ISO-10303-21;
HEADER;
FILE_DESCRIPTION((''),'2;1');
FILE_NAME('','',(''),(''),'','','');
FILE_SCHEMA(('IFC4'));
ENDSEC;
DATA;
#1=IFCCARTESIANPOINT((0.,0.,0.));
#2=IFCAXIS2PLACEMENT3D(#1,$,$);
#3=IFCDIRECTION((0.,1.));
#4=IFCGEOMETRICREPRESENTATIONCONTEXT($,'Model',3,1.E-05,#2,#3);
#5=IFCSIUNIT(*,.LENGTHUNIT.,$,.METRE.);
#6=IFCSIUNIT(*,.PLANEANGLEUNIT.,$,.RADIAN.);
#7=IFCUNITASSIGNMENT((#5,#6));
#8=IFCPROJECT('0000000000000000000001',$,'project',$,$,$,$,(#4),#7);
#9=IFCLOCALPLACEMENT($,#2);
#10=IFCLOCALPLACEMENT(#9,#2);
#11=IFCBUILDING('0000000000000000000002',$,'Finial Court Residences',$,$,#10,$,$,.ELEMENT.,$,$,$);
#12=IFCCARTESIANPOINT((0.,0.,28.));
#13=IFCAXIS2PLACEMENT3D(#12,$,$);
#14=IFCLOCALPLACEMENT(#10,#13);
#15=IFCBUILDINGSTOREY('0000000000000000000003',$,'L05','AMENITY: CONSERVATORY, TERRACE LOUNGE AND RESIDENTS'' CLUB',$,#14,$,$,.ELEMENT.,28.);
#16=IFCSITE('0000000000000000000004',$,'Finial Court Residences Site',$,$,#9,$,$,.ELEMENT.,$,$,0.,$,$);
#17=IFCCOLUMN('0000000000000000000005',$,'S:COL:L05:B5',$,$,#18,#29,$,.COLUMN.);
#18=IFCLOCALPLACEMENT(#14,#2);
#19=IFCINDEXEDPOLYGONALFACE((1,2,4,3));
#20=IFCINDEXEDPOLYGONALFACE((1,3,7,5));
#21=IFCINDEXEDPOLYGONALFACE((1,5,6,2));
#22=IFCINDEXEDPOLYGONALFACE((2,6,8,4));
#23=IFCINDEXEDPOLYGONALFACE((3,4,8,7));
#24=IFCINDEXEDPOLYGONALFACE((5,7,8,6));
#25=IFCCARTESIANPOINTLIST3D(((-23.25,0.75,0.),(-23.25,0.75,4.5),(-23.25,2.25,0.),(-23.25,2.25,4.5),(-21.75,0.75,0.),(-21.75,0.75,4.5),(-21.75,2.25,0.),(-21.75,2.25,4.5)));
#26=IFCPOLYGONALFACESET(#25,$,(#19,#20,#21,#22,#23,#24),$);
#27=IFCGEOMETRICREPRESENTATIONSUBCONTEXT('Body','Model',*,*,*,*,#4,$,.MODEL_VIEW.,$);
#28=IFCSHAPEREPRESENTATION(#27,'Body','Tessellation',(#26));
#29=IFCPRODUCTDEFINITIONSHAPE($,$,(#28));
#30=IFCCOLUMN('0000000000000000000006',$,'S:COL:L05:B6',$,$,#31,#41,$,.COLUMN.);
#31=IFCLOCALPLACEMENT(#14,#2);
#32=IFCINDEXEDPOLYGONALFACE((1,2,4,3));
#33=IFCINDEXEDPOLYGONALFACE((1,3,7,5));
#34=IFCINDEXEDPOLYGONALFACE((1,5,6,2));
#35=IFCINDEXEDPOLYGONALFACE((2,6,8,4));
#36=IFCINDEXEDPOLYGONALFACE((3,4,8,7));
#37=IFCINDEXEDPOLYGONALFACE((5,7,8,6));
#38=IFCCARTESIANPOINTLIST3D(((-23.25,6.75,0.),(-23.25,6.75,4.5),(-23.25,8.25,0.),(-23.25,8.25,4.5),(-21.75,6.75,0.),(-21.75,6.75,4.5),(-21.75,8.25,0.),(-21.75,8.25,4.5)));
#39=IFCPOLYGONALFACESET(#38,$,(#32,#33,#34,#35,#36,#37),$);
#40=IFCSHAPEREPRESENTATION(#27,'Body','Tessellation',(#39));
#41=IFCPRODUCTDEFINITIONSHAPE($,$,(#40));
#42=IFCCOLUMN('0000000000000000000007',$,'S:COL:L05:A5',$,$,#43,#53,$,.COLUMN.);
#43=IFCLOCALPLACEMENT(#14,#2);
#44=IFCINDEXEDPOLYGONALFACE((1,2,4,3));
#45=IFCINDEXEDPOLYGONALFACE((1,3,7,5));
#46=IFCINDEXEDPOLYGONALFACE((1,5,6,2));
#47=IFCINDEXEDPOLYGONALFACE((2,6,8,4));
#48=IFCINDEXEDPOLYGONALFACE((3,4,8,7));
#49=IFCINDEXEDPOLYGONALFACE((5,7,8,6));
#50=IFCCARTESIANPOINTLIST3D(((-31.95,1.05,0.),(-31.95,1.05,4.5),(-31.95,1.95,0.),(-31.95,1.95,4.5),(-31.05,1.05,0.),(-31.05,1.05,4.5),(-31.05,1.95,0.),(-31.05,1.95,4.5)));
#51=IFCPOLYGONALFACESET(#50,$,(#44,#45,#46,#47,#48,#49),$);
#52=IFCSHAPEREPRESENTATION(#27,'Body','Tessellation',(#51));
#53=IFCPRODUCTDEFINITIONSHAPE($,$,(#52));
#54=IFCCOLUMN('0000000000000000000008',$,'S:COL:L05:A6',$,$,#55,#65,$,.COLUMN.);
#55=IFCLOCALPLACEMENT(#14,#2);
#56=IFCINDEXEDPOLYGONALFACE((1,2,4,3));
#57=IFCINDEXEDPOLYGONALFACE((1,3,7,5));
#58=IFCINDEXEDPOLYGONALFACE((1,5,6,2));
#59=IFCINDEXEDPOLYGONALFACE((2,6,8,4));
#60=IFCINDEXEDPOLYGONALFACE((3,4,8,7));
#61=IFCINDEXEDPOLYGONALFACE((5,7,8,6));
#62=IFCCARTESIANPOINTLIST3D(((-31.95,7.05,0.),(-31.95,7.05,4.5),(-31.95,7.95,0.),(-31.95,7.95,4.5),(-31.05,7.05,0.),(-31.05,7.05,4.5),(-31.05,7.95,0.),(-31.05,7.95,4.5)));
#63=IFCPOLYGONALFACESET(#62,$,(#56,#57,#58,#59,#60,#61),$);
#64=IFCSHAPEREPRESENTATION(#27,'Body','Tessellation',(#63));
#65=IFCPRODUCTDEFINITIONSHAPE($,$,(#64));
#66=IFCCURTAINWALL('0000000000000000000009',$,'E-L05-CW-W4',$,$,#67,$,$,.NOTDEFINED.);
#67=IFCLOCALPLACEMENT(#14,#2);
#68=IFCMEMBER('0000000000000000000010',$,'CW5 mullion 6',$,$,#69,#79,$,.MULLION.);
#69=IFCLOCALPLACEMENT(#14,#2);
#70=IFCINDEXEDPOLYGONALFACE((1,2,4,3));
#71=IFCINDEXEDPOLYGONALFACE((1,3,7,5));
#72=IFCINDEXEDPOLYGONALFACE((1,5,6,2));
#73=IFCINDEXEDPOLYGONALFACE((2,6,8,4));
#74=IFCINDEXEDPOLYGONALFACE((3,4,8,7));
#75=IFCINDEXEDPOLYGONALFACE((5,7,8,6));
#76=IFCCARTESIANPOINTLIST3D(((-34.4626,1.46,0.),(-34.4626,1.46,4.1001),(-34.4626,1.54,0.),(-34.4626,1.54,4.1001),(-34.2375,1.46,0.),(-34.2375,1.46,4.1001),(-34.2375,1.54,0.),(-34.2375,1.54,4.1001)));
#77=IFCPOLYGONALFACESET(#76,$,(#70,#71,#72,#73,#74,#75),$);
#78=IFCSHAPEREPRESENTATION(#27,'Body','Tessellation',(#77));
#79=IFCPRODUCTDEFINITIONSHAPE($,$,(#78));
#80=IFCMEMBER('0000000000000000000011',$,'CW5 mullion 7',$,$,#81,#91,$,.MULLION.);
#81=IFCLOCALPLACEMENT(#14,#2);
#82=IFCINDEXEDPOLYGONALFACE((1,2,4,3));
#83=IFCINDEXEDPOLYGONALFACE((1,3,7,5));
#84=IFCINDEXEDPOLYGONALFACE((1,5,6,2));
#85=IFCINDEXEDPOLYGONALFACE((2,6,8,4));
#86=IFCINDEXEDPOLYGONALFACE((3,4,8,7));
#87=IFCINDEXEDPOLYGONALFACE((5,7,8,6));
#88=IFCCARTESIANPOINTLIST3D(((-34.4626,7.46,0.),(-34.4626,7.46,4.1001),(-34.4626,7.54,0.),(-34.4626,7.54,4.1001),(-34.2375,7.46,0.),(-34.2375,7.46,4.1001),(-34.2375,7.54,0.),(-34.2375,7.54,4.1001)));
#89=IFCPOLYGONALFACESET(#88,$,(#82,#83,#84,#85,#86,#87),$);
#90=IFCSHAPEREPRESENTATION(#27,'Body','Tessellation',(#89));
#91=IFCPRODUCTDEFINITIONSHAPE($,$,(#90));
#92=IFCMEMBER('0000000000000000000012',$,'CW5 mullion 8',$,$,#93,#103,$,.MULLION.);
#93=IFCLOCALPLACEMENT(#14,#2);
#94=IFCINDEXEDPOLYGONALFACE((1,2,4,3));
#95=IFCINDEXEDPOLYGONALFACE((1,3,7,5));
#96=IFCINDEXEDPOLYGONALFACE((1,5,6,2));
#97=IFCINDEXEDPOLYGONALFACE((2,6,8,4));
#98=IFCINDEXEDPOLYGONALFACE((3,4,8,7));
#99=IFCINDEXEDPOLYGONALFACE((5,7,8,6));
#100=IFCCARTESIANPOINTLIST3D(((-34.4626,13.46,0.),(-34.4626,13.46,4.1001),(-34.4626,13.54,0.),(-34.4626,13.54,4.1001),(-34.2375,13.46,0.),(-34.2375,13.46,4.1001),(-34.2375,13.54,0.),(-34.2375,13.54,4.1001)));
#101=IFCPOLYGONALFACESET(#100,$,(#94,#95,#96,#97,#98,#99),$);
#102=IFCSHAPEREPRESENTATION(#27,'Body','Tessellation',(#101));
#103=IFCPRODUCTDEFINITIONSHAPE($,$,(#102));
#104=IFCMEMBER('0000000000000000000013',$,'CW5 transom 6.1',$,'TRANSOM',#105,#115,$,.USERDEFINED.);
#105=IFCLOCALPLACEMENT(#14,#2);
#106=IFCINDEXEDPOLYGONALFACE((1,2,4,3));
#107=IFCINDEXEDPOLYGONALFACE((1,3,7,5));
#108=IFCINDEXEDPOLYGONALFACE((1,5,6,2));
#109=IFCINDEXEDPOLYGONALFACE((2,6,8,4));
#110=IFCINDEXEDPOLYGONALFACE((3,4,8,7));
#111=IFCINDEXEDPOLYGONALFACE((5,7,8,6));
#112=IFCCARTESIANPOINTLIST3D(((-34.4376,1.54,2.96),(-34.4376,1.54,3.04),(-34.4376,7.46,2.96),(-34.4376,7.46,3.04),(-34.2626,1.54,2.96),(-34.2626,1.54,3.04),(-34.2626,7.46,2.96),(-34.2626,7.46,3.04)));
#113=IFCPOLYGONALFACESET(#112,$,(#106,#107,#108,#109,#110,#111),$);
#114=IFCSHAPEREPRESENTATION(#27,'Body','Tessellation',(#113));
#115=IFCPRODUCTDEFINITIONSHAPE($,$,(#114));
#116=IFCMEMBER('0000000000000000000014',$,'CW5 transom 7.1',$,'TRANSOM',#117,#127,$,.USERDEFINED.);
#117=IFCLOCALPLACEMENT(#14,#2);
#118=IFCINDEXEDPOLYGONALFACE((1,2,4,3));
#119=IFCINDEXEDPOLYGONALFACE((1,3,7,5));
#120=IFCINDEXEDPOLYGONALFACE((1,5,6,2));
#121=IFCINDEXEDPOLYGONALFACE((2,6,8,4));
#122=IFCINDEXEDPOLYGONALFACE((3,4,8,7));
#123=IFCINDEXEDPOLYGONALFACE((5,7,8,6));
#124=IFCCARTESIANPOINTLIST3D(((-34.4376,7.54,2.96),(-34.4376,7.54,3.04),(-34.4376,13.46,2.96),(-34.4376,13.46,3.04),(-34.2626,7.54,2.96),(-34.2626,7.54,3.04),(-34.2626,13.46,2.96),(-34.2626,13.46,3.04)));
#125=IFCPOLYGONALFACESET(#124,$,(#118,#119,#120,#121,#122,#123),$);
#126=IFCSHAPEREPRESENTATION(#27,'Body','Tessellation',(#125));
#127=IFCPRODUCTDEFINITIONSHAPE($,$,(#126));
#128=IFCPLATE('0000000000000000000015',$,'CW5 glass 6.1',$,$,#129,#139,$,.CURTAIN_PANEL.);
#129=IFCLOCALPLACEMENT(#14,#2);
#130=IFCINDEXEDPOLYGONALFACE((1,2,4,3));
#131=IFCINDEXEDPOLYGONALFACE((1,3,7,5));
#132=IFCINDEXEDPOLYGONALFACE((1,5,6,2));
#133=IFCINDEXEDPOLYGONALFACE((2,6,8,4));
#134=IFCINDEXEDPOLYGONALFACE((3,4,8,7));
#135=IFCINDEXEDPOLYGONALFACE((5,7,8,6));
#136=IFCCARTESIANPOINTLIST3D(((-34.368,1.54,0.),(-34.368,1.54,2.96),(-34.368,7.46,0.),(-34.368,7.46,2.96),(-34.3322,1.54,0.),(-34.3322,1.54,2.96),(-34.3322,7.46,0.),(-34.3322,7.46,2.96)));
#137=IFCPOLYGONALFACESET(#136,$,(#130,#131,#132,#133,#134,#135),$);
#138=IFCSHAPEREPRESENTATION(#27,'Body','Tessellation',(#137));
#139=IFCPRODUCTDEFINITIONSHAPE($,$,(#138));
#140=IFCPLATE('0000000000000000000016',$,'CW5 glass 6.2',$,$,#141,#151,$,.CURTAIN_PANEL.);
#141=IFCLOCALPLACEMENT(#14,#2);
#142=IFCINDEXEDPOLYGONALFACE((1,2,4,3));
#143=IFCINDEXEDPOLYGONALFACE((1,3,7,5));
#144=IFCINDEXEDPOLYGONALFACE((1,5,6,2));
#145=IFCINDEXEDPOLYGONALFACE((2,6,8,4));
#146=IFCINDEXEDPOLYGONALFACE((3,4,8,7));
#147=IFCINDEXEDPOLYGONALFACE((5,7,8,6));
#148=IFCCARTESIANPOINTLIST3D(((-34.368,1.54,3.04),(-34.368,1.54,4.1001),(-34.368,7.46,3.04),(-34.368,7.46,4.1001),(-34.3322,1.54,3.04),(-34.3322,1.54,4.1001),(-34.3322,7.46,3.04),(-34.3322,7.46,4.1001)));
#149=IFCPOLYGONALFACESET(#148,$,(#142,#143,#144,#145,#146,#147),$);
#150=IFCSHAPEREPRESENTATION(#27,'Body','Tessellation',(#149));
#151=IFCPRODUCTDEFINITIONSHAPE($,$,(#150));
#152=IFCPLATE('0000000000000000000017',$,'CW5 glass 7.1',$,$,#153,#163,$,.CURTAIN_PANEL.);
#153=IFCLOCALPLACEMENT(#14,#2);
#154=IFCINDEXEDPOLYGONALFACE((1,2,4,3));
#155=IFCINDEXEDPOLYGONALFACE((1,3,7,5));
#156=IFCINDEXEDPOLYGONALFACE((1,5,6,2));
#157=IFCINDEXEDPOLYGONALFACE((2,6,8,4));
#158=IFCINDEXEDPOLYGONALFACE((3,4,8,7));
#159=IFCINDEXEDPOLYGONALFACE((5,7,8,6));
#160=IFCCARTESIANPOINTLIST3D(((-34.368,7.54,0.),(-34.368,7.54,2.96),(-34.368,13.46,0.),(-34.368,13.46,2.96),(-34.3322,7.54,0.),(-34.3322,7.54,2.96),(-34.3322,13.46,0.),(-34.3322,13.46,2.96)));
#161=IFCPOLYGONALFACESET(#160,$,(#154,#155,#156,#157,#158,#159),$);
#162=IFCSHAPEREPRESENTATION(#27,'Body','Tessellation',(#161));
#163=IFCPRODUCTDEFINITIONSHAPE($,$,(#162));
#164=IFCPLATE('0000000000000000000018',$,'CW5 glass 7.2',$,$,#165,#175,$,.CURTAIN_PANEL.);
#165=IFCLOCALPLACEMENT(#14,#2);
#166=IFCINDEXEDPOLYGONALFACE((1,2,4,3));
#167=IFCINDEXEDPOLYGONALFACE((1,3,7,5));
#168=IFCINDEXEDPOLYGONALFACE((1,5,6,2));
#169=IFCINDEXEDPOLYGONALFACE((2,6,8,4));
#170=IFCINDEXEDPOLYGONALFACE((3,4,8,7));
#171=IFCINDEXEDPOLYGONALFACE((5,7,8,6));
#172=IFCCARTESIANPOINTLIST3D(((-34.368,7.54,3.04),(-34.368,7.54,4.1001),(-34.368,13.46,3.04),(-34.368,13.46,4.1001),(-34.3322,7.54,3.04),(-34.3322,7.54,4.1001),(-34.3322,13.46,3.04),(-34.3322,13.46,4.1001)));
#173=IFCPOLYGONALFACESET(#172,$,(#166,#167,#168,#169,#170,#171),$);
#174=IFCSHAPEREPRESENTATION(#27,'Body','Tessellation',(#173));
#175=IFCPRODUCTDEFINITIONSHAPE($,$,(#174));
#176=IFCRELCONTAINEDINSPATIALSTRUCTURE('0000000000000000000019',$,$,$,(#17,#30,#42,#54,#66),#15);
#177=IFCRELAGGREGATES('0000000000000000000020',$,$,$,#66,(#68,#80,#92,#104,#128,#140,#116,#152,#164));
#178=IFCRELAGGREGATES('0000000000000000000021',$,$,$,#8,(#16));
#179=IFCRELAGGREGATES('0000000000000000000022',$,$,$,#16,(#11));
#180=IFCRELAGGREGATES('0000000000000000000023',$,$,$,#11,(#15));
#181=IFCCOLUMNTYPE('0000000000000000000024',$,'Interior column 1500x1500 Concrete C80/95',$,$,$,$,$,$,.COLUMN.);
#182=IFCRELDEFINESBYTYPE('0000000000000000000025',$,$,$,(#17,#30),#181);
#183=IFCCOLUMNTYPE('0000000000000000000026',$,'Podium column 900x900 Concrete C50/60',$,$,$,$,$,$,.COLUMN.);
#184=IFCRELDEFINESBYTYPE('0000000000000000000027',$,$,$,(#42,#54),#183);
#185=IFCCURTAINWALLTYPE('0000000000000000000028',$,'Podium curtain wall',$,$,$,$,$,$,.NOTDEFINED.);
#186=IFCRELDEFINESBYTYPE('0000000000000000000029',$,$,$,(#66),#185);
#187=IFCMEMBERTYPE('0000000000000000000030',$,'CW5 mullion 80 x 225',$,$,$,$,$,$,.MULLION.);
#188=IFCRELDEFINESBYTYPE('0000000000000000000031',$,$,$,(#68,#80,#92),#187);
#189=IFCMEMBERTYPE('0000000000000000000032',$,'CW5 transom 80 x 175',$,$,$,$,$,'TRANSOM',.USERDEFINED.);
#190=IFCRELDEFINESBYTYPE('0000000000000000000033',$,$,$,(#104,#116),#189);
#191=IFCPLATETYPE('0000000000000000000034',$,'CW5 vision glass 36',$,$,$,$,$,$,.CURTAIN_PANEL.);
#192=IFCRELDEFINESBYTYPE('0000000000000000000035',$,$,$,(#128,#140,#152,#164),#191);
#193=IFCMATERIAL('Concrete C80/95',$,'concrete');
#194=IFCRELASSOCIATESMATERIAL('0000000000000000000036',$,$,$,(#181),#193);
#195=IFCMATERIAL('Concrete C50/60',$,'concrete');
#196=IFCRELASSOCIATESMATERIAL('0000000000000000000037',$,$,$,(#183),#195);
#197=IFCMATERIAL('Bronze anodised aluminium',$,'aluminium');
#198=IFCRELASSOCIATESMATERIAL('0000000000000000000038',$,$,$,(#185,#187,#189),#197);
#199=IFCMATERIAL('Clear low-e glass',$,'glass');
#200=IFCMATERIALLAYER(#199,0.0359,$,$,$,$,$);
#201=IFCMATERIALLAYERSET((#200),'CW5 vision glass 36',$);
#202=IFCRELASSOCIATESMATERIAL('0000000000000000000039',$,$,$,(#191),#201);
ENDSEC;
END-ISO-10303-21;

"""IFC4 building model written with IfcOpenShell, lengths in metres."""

from ifc_helpers import new_model, si_unit, direction, frame, origin, origin_2d, place, context, subcontext, project, spatial, rectangle, extrude, material, layer, layer_set, material_profile, profile_set, type_object, element, aggregate, save


model = new_model("IFC4")

# Units and contexts
model_context = context("Model", 3, precision=1e-05, world=origin(), true_north=direction((0.0, 1.0)))
body_context = subcontext(model_context, "Body", "Model", "MODEL_VIEW")
ifc_project = project(units=[si_unit("LENGTHUNIT", "METRE"), si_unit("PLANEANGLEUNIT", "RADIAN")], contexts=[model_context])

# Site, building, storey
site_placement = place(None, origin())
site = spatial("IfcSite", under=ifc_project, at=site_placement, Name="Finial Court Residences Site", CompositionType="ELEMENT", RefElevation=0.0)
building_placement = place(site_placement, origin())
building = spatial("IfcBuilding", under=site, at=building_placement, Name="Finial Court Residences", CompositionType="ELEMENT")
storey_placement = place(building_placement, frame((0.0, 0.0, 28.0)))
storey = spatial("IfcBuildingStorey", under=building, at=storey_placement, Name="L05", Description="AMENITY: CONSERVATORY, TERRACE LOUNGE AND RESIDENTS' CLUB", CompositionType="ELEMENT", Elevation=28.0)

# Columns
ifc_material_1 = material(Name="Concrete C80/95", Category="concrete")
ifc_material_profile_1 = material_profile(ifc_material_1, rectangle(XDim=1.5, YDim=1.5, at=origin_2d()), Name="1500x1500")
ifc_profile_set_1 = profile_set([ifc_material_profile_1], Name="Concrete C80/95")
column_type_1 = type_object("IfcColumnType", Name="Interior column 1500x1500 Concrete C80/95", PredefinedType="COLUMN", material=ifc_profile_set_1)
for number, where, z_axis, x_axis, name in (
    (1, (-22.5, 1.5, 0.0), (0.0, 0.0, 1.0), (1.0, 0.0, 0.0), "S:COL:L05:B5"),
    (2, (-22.5, 7.5, 0.0), (0.0, 0.0, 1.0), (1.0, 0.0, 0.0), "S:COL:L05:B6"),
):
    element("IfcColumn", number, at=place(storey_placement, frame(where, z_axis=z_axis, x_axis=x_axis)), inside=storey, type_object=column_type_1, Name=name, PredefinedType="COLUMN", context=body_context, shape_type="SweptSolid", body=[
        extrude(rectangle(XDim=1.5, YDim=1.5, at=origin_2d()), origin(), (0.0, 0.0, 1.0), 4.5),
    ])
ifc_material_2 = material(Name="Concrete C50/60", Category="concrete")
ifc_material_profile_2 = material_profile(ifc_material_2, rectangle(XDim=0.8999, YDim=0.8999, at=origin_2d()), Name="900x900")
ifc_profile_set_2 = profile_set([ifc_material_profile_2], Name="Concrete C50/60")
column_type_2 = type_object("IfcColumnType", Name="Podium column 900x900 Concrete C50/60", PredefinedType="COLUMN", material=ifc_profile_set_2)
for number, where, z_axis, x_axis, name in (
    (3, (-31.5, 1.5, 0.0), (0.0, 0.0, 1.0), (1.0, 0.0, 0.0), "S:COL:L05:A5"),
    (4, (-31.5, 7.5, 0.0), (0.0, 0.0, 1.0), (1.0, 0.0, 0.0), "S:COL:L05:A6"),
):
    element("IfcColumn", number, at=place(storey_placement, frame(where, z_axis=z_axis, x_axis=x_axis)), inside=storey, type_object=column_type_2, Name=name, PredefinedType="COLUMN", context=body_context, shape_type="SweptSolid", body=[
        extrude(rectangle(XDim=0.8999, YDim=0.8999, at=origin_2d()), origin(), (0.0, 0.0, 1.0), 4.5),
    ])

# Curtain wall, members, plates
ifc_material_3 = material(Name="Bronze anodised aluminium", Category="aluminium")
curtain_wall_type = type_object("IfcCurtainWallType", Name="Podium curtain wall", PredefinedType="NOTDEFINED", material=ifc_material_3)
curtain_wall_placement = place(storey_placement, origin())
curtain_wall = element("IfcCurtainWall", 5, at=curtain_wall_placement, inside=storey, type_object=curtain_wall_type, Name="E-L05-CW-W4", PredefinedType="NOTDEFINED")
ifc_material_profile_3 = material_profile(ifc_material_3, rectangle(XDim=0.2251, YDim=0.0801, at=origin_2d()), Name="CW5 mullion 80 x 225")
ifc_profile_set_3 = profile_set([ifc_material_profile_3], Name="Bronze anodised aluminium")
member_type_1 = type_object("IfcMemberType", Name="CW5 mullion 80 x 225", PredefinedType="MULLION", material=ifc_profile_set_3)
member_1_placement = place(storey_placement, frame((-34.3501, 1.5, 0.0), z_axis=(0.0, 0.0, 1.0), x_axis=(-1.0, 0.0, 0.0)))
member_1 = element("IfcMember", 6, at=member_1_placement, type_object=member_type_1, Name="CW5 mullion 6", PredefinedType="MULLION", context=body_context, shape_type="SweptSolid", body=[
    extrude(rectangle(XDim=0.2251, YDim=0.0801, at=origin_2d()), origin(), (0.0, 0.0, 1.0), 4.1001),
])
member_2_placement = place(storey_placement, frame((-34.3501, 7.5, 0.0), z_axis=(0.0, 0.0, 1.0), x_axis=(-1.0, 0.0, 0.0)))
member_2 = element("IfcMember", 7, at=member_2_placement, type_object=member_type_1, Name="CW5 mullion 7", PredefinedType="MULLION", context=body_context, shape_type="SweptSolid", body=[
    extrude(rectangle(XDim=0.2251, YDim=0.0801, at=origin_2d()), origin(), (0.0, 0.0, 1.0), 4.1001),
])
member_3_placement = place(storey_placement, frame((-34.3501, 13.5, 0.0), z_axis=(0.0, 0.0, 1.0), x_axis=(-1.0, 0.0, 0.0)))
member_3 = element("IfcMember", 8, at=member_3_placement, type_object=member_type_1, Name="CW5 mullion 8", PredefinedType="MULLION", context=body_context, shape_type="SweptSolid", body=[
    extrude(rectangle(XDim=0.2251, YDim=0.0801, at=origin_2d()), origin(), (0.0, 0.0, 1.0), 4.1001),
])
ifc_material_profile_4 = material_profile(ifc_material_3, rectangle(XDim=0.175, YDim=0.0801, at=origin_2d()), Name="CW5 transom 80 x 175")
ifc_profile_set_4 = profile_set([ifc_material_profile_4], Name="Bronze anodised aluminium")
member_type_2 = type_object("IfcMemberType", Name="CW5 transom 80 x 175", ElementType="TRANSOM", PredefinedType="USERDEFINED", material=ifc_profile_set_4)
member_4_placement = place(storey_placement, frame((-34.3501, 1.54, 3.0), z_axis=(0.0, 1.0, 0.0), x_axis=(-1.0, 0.0, 0.0)))
member_4 = element("IfcMember", 9, at=member_4_placement, type_object=member_type_2, Name="CW5 transom 6.1", ObjectType="TRANSOM", PredefinedType="USERDEFINED", context=body_context, shape_type="SweptSolid", body=[
    extrude(rectangle(XDim=0.175, YDim=0.0801, at=origin_2d()), origin(), (0.0, 0.0, 1.0), 5.9199),
])
member_5_placement = place(storey_placement, frame((-34.3501, 7.54, 3.0), z_axis=(0.0, 1.0, 0.0), x_axis=(-1.0, 0.0, 0.0)))
member_5 = element("IfcMember", 10, at=member_5_placement, type_object=member_type_2, Name="CW5 transom 7.1", ObjectType="TRANSOM", PredefinedType="USERDEFINED", context=body_context, shape_type="SweptSolid", body=[
    extrude(rectangle(XDim=0.175, YDim=0.0801, at=origin_2d()), origin(), (0.0, 0.0, 1.0), 5.9199),
])
ifc_material_4 = material(Name="Clear low-e glass", Category="glass")
ifc_layer_1 = layer(ifc_material_4, 0.0359)
ifc_layer_set_1 = layer_set([ifc_layer_1], Name="CW5 vision glass 36")
plate_type = type_object("IfcPlateType", Name="CW5 vision glass 36", PredefinedType="CURTAIN_PANEL", material=ifc_layer_set_1)
plate_1_placement = place(storey_placement, frame((-34.3501, 4.5, 0.0), z_axis=(0.0, 0.0, 1.0), x_axis=(0.0, 1.0, 0.0)))
plate_1 = element("IfcPlate", 11, at=plate_1_placement, type_object=plate_type, Name="CW5 glass 6.1", PredefinedType="CURTAIN_PANEL", context=body_context, shape_type="SweptSolid", body=[
    extrude(rectangle(XDim=5.9199, YDim=0.0359, at=origin_2d()), origin(), (0.0, 0.0, 1.0), 2.96),
])
plate_2_placement = place(storey_placement, frame((-34.3501, 4.5, 3.04), z_axis=(0.0, 0.0, 1.0), x_axis=(0.0, 1.0, 0.0)))
plate_2 = element("IfcPlate", 12, at=plate_2_placement, type_object=plate_type, Name="CW5 glass 6.2", PredefinedType="CURTAIN_PANEL", context=body_context, shape_type="SweptSolid", body=[
    extrude(rectangle(XDim=5.9199, YDim=0.0359, at=origin_2d()), origin(), (0.0, 0.0, 1.0), 1.0601),
])
plate_3_placement = place(storey_placement, frame((-34.3501, 10.5, 0.0), z_axis=(0.0, 0.0, 1.0), x_axis=(0.0, 1.0, 0.0)))
plate_3 = element("IfcPlate", 13, at=plate_3_placement, type_object=plate_type, Name="CW5 glass 7.1", PredefinedType="CURTAIN_PANEL", context=body_context, shape_type="SweptSolid", body=[
    extrude(rectangle(XDim=5.9199, YDim=0.0359, at=origin_2d()), origin(), (0.0, 0.0, 1.0), 2.96),
])
plate_4_placement = place(storey_placement, frame((-34.3501, 10.5, 3.04), z_axis=(0.0, 0.0, 1.0), x_axis=(0.0, 1.0, 0.0)))
plate_4 = element("IfcPlate", 14, at=plate_4_placement, type_object=plate_type, Name="CW5 glass 7.2", PredefinedType="CURTAIN_PANEL", context=body_context, shape_type="SweptSolid", body=[
    extrude(rectangle(XDim=5.9199, YDim=0.0359, at=origin_2d()), origin(), (0.0, 0.0, 1.0), 1.0601),
])
aggregate(curtain_wall, [member_1, member_2, member_3, member_4, plate_1, plate_2, member_5, plate_3, plate_4])

save(model, "model.ifc")
